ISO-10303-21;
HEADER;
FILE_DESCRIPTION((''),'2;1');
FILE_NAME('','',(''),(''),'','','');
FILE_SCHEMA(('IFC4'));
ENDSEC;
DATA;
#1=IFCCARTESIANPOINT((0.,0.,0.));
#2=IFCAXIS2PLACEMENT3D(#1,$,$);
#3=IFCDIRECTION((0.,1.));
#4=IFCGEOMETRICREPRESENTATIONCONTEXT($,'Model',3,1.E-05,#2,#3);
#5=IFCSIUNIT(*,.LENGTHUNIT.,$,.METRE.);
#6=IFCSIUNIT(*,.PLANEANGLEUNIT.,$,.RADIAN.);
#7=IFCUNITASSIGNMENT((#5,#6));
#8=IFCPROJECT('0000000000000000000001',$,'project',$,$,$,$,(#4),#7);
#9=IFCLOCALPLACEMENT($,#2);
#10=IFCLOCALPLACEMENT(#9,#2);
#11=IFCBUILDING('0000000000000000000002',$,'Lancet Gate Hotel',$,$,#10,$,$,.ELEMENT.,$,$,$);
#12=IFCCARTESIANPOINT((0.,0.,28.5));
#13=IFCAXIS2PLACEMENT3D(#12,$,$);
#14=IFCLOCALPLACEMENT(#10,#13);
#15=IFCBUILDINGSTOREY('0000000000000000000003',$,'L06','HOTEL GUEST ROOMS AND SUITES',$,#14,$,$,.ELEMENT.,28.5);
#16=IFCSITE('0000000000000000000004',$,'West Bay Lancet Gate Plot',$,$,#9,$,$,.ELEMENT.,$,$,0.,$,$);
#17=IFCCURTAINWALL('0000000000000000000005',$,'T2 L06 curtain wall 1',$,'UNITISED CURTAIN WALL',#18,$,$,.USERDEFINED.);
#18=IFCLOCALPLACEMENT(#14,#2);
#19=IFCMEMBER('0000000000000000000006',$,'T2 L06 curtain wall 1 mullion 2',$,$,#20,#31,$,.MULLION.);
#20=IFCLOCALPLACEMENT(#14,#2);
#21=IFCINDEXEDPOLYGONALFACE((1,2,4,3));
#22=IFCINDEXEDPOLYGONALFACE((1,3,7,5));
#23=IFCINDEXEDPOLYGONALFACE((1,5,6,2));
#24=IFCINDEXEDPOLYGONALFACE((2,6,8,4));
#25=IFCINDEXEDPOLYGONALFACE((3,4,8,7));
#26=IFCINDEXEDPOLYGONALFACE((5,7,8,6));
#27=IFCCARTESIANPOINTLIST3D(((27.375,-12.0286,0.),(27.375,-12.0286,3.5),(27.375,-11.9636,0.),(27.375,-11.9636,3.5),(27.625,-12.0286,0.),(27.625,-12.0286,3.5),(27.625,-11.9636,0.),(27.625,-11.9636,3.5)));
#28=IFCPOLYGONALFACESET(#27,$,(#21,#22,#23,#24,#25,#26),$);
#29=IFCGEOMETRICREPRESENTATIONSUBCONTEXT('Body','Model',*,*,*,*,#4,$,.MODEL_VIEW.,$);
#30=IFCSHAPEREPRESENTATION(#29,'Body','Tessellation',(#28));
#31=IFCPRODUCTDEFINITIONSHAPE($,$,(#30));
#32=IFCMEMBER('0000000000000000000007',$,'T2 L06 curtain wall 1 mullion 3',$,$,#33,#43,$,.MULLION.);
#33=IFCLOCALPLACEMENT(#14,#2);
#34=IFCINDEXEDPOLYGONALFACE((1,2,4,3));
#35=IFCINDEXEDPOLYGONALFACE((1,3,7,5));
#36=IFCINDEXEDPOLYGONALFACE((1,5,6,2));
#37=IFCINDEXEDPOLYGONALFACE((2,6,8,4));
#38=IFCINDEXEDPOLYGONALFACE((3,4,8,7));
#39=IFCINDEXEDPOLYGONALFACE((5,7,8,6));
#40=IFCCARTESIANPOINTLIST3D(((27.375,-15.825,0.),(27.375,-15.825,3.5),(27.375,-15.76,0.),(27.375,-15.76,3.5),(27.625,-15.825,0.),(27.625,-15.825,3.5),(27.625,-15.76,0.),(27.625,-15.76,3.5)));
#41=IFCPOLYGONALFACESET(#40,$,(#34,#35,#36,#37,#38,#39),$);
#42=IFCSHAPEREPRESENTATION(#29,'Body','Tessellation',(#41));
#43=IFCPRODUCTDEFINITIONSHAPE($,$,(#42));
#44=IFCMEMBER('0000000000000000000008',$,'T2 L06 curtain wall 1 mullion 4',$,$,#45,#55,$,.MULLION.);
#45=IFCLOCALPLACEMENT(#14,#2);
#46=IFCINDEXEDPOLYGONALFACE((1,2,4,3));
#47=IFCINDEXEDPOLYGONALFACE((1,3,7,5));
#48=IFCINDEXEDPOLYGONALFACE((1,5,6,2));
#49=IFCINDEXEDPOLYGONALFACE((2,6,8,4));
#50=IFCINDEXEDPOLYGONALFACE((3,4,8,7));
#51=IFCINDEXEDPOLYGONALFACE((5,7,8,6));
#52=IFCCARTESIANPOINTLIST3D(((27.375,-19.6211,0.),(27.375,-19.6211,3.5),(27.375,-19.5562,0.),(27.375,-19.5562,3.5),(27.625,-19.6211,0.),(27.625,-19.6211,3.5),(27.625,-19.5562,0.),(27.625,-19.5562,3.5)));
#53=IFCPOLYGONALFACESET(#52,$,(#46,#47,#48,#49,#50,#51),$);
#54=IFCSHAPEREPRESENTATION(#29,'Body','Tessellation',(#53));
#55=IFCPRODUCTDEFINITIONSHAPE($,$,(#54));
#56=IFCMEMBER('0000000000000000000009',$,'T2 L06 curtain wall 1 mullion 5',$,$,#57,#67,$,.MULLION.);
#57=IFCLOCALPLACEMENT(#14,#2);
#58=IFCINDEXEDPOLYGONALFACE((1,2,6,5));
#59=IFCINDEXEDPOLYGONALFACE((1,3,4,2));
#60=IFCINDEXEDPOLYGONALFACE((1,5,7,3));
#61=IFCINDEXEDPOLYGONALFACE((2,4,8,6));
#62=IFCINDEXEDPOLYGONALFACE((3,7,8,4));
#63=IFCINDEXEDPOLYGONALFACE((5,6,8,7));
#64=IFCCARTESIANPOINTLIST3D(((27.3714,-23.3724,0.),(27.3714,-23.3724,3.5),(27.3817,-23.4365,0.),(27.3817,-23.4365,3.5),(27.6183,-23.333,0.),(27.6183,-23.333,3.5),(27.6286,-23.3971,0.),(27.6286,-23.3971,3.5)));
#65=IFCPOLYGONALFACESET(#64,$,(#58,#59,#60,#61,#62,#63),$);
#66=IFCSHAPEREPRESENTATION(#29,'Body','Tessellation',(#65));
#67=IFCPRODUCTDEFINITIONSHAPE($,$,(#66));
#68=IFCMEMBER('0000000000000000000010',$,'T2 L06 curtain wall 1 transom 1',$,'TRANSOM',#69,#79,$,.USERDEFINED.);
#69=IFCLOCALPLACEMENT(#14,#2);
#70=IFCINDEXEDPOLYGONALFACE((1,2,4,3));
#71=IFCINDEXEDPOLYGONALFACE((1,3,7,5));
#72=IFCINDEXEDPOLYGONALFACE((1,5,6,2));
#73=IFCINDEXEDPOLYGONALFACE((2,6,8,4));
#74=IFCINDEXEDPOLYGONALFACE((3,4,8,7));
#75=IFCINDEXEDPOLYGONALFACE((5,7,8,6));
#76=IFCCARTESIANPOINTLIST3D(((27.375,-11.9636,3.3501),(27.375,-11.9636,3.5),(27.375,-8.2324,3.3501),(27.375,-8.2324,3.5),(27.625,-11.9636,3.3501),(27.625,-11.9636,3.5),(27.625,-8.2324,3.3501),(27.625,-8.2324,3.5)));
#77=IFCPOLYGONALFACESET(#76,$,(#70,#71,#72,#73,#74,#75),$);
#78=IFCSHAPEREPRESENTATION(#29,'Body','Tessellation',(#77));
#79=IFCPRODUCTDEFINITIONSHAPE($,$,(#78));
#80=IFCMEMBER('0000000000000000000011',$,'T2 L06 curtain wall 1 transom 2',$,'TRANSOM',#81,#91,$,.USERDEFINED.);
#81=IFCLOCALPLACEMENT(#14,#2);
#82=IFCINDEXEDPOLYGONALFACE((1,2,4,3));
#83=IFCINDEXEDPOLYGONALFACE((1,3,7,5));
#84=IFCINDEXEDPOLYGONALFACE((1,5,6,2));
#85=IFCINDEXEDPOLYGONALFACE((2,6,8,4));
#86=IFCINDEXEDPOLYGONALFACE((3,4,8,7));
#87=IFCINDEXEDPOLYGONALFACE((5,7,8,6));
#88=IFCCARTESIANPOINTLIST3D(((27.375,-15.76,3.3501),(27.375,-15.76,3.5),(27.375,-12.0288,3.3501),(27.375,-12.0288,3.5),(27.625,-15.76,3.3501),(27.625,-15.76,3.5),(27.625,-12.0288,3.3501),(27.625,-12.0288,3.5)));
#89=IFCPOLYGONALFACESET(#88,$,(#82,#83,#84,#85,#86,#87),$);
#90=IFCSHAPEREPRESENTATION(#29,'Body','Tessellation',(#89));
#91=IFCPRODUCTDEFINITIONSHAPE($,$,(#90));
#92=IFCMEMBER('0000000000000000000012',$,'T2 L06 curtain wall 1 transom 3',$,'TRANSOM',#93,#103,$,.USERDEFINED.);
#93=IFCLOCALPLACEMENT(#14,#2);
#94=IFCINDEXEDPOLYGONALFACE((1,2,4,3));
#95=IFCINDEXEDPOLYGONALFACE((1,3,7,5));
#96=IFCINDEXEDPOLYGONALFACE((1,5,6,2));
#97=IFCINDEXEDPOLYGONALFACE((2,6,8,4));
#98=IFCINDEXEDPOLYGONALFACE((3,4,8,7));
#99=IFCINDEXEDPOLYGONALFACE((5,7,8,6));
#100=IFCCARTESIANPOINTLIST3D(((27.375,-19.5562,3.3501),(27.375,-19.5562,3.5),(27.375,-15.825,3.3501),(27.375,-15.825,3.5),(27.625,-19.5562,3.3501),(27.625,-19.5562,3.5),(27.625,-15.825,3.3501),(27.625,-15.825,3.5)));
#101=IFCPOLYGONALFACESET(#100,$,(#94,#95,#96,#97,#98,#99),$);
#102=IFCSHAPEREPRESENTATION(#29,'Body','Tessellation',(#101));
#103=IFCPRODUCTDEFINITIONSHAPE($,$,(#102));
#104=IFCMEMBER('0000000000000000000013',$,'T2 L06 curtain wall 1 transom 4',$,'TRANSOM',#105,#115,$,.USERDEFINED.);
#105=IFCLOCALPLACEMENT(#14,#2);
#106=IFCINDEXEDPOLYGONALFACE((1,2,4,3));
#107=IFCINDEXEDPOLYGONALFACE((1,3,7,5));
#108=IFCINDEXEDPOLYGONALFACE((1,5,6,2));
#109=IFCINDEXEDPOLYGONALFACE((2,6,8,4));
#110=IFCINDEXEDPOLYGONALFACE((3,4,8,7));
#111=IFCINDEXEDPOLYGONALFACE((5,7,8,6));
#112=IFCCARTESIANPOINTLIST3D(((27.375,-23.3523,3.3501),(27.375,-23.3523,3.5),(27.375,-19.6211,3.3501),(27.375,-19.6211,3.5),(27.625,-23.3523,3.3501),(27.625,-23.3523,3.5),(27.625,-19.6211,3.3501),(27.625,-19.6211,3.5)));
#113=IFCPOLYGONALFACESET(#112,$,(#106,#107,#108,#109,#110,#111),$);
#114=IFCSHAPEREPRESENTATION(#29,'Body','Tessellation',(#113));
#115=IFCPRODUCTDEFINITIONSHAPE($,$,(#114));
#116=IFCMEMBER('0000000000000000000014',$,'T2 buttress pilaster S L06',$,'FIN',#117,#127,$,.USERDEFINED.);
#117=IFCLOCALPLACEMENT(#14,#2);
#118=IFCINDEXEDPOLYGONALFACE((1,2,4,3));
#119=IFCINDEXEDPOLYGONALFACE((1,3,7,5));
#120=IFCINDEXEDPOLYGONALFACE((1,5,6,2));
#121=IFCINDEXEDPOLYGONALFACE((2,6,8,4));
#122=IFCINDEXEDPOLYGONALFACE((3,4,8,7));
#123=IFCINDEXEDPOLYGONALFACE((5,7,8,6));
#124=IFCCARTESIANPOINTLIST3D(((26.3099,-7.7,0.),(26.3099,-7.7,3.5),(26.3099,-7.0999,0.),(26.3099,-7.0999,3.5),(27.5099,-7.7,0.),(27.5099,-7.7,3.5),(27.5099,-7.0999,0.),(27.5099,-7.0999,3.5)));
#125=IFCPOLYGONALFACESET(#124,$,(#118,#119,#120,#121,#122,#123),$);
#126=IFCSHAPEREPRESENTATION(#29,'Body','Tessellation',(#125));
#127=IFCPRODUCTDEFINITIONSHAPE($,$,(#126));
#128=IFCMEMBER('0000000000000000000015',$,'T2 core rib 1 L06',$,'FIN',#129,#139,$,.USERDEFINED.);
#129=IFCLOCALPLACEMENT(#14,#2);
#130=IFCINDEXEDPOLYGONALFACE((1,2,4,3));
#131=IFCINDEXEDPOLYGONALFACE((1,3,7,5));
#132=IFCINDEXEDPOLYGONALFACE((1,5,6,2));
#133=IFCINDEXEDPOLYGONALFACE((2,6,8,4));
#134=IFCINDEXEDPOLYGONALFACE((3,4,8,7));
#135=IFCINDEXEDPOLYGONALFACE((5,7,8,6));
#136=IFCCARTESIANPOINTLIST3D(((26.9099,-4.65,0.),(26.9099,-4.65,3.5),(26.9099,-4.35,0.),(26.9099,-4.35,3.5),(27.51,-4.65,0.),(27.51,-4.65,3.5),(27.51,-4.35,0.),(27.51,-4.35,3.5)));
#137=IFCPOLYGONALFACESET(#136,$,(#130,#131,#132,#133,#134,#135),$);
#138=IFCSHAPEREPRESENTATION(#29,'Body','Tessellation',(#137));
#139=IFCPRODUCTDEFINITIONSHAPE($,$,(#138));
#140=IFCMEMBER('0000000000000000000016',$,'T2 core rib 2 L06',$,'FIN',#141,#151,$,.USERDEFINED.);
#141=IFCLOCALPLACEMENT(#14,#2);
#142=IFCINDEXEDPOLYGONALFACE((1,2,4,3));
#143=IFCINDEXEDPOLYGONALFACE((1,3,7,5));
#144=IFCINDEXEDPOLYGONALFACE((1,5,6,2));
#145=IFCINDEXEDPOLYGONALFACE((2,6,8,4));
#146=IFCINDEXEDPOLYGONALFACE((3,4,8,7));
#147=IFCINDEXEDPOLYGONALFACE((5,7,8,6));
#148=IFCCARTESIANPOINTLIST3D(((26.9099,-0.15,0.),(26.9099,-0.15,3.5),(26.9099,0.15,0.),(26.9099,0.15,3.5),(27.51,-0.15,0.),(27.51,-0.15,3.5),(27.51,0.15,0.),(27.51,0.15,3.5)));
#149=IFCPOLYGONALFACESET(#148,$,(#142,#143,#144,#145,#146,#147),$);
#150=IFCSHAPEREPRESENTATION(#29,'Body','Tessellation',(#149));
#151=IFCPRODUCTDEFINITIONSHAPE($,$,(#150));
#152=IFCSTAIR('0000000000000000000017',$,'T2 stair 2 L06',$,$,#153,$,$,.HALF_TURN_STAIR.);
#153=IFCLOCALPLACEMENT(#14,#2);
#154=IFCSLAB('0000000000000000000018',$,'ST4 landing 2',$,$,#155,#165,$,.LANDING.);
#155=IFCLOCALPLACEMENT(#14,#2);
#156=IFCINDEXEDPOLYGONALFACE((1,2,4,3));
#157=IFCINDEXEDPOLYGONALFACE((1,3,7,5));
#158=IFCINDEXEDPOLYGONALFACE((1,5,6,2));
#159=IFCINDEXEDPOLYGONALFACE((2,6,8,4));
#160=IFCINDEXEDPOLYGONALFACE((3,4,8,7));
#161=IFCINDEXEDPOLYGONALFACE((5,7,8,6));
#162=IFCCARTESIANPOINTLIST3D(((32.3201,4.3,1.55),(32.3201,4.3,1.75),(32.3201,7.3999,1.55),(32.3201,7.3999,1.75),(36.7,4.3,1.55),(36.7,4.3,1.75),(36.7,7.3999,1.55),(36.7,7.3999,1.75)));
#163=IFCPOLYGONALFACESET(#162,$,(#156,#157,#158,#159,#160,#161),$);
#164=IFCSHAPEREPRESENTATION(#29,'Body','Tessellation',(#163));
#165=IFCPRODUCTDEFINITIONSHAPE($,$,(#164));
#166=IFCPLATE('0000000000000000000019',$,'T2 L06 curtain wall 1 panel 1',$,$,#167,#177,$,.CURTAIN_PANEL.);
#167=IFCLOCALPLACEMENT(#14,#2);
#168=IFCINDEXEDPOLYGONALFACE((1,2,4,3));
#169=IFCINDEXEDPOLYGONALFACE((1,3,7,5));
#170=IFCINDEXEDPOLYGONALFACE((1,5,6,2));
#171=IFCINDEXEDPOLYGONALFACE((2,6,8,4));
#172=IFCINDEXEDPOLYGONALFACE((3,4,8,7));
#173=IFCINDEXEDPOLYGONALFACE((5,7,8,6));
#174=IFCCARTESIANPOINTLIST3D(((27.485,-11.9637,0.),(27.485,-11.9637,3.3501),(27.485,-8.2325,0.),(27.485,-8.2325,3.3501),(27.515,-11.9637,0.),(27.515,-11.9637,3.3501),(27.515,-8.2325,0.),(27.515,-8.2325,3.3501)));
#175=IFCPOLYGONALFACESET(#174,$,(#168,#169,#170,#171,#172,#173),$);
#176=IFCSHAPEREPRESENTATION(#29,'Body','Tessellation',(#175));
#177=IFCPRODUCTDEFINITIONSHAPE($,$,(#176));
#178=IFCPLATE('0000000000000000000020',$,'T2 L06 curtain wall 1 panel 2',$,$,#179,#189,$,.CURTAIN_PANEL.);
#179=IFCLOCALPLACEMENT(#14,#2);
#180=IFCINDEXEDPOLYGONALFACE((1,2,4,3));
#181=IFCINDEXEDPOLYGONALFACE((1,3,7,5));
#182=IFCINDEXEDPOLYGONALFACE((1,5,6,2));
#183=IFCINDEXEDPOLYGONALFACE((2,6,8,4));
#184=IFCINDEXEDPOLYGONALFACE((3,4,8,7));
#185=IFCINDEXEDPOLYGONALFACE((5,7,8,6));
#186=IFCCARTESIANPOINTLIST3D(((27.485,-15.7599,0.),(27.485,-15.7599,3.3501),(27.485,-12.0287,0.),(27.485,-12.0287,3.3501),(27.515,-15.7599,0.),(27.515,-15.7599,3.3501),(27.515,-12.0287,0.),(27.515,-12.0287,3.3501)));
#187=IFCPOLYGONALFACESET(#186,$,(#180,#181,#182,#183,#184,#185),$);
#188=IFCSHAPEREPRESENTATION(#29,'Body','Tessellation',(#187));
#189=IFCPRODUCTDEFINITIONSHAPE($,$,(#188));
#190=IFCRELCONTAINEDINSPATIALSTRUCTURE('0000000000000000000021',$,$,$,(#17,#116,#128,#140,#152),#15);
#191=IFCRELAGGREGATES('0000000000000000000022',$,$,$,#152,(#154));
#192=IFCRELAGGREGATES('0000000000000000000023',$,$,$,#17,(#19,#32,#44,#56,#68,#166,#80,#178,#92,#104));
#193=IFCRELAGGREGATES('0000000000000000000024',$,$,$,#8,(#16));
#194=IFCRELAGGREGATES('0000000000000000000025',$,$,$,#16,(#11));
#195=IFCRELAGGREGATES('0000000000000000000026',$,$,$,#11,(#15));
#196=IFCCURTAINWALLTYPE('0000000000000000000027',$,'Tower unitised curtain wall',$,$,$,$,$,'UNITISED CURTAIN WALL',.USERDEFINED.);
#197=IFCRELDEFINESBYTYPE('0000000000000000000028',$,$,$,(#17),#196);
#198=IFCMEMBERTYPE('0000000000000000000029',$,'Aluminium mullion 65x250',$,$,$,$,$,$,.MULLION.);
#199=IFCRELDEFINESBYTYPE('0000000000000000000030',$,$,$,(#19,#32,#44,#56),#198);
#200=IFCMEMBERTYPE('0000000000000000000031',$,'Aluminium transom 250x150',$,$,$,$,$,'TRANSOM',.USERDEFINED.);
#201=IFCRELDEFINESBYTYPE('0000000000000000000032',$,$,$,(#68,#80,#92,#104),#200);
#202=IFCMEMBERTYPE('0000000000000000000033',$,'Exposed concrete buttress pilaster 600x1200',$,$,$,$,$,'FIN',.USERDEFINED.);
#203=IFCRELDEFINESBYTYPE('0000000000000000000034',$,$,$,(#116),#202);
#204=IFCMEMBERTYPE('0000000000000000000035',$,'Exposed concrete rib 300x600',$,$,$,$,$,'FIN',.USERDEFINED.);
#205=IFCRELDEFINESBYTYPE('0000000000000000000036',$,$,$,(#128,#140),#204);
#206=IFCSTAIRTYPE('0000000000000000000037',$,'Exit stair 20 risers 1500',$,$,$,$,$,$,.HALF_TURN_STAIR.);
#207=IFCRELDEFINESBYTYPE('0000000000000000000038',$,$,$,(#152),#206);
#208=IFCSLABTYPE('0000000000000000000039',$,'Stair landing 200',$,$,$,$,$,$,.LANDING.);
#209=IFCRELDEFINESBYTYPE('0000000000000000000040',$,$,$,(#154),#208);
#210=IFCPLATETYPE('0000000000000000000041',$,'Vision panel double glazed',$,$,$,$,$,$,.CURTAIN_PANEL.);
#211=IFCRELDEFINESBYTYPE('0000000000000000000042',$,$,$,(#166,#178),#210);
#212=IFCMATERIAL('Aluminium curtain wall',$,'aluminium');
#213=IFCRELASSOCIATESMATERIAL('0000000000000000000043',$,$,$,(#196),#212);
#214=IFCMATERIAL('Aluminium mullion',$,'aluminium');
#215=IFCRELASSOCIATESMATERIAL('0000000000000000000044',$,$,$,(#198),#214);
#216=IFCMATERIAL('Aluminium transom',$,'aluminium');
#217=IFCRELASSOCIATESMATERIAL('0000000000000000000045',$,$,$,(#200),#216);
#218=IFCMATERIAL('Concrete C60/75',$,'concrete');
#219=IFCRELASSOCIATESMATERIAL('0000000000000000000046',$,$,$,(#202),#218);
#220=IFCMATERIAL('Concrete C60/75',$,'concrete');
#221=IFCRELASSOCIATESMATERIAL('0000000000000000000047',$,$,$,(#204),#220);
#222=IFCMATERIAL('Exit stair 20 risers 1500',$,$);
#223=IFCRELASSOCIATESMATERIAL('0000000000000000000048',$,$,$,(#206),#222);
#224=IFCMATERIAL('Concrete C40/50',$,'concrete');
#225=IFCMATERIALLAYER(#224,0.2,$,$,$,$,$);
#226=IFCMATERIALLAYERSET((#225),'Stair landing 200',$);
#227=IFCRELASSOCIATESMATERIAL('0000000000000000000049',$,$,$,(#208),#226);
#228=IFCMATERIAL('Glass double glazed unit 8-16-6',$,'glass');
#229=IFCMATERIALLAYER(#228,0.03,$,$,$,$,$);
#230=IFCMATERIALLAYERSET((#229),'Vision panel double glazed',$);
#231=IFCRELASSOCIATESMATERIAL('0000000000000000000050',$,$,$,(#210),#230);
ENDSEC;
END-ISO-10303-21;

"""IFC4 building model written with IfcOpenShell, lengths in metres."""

from ifc_helpers import new_model, si_unit, direction, frame, origin, origin_2d, place, context, subcontext, project, spatial, polyline, rectangle, outline, extrude, material, layer, layer_set, material_profile, profile_set, type_object, element, aggregate, save


model = new_model("IFC4")

# Units and contexts
model_context = context("Model", 3, precision=1e-05, world=origin(), true_north=direction((0.0, 1.0)))
body_context = subcontext(model_context, "Body", "Model", "MODEL_VIEW")
ifc_project = project(units=[si_unit("LENGTHUNIT", "METRE"), si_unit("PLANEANGLEUNIT", "RADIAN")], contexts=[model_context])

# Site, building, storey
site_placement = place(None, origin())
site = spatial("IfcSite", under=ifc_project, at=site_placement, Name="West Bay Lancet Gate Plot", CompositionType="ELEMENT", RefElevation=0.0)
building_placement = place(site_placement, origin())
building = spatial("IfcBuilding", under=site, at=building_placement, Name="Lancet Gate Hotel", CompositionType="ELEMENT")
storey_placement = place(building_placement, frame((0.0, 0.0, 28.5)))
storey = spatial("IfcBuildingStorey", under=building, at=storey_placement, Name="L06", Description="HOTEL GUEST ROOMS AND SUITES", CompositionType="ELEMENT", Elevation=28.5)

# Curtain wall, members
ifc_material_1 = material(Name="Aluminium curtain wall", Category="aluminium")
curtain_wall_type = type_object("IfcCurtainWallType", Name="Tower unitised curtain wall", ElementType="UNITISED CURTAIN WALL", PredefinedType="USERDEFINED", material=ifc_material_1)
curtain_wall_placement = place(storey_placement, origin())
curtain_wall = element("IfcCurtainWall", 1, at=curtain_wall_placement, inside=storey, type_object=curtain_wall_type, Name="T2 L06 curtain wall 1", ObjectType="UNITISED CURTAIN WALL", PredefinedType="USERDEFINED")
ifc_material_2 = material(Name="Aluminium mullion", Category="aluminium")
ifc_material_profile_1 = material_profile(ifc_material_2, rectangle(XDim=0.0649, YDim=0.25, at=origin_2d()), Name="MULLION 65x250")
ifc_profile_set_1 = profile_set([ifc_material_profile_1], Name="Aluminium mullion")
member_type_1 = type_object("IfcMemberType", Name="Aluminium mullion 65x250", PredefinedType="MULLION", material=ifc_profile_set_1)
member_1_placement = place(storey_placement, frame((27.5, -11.9961, 0.0), z_axis=(0.0, 0.0, 1.0), x_axis=(0.0, -1.0, 0.0)))
member_1 = element("IfcMember", 2, at=member_1_placement, type_object=member_type_1, Name="T2 L06 curtain wall 1 mullion 2", PredefinedType="MULLION", context=body_context, shape_type="SweptSolid", body=[
    extrude(rectangle(XDim=0.0649, YDim=0.25, at=origin_2d()), origin(), (0.0, 0.0, 1.0), 3.5),
])
member_2_placement = place(storey_placement, frame((27.5, -15.7925, 0.0), z_axis=(0.0, 0.0, 1.0), x_axis=(0.0, -1.0, 0.0)))
member_2 = element("IfcMember", 3, at=member_2_placement, type_object=member_type_1, Name="T2 L06 curtain wall 1 mullion 3", PredefinedType="MULLION", context=body_context, shape_type="SweptSolid", body=[
    extrude(rectangle(XDim=0.0649, YDim=0.25, at=origin_2d()), origin(), (0.0, 0.0, 1.0), 3.5),
])
member_3_placement = place(storey_placement, frame((27.5, -19.5886, 0.0), z_axis=(0.0, 0.0, 1.0), x_axis=(0.0, -1.0, 0.0)))
member_3 = element("IfcMember", 4, at=member_3_placement, type_object=member_type_1, Name="T2 L06 curtain wall 1 mullion 4", PredefinedType="MULLION", context=body_context, shape_type="SweptSolid", body=[
    extrude(rectangle(XDim=0.0649, YDim=0.25, at=origin_2d()), origin(), (0.0, 0.0, 1.0), 3.5),
])
member_4_placement = place(storey_placement, frame((27.5, -23.3848, 0.0), z_axis=(0.0, 0.0, 1.0), x_axis=(0.157752, -0.987479, 0.0)))
member_4 = element("IfcMember", 5, at=member_4_placement, type_object=member_type_1, Name="T2 L06 curtain wall 1 mullion 5", PredefinedType="MULLION", context=body_context, shape_type="SweptSolid", body=[
    extrude(rectangle(XDim=0.0649, YDim=0.25, at=origin_2d()), origin(), (0.0, 0.0, 1.0), 3.5),
])
ifc_material_3 = material(Name="Aluminium transom", Category="aluminium")
ifc_material_profile_2 = material_profile(ifc_material_3, rectangle(XDim=0.25, YDim=0.1499, at=origin_2d()), Name="TRANSOM 250x150")
ifc_profile_set_2 = profile_set([ifc_material_profile_2], Name="Aluminium transom")
member_type_2 = type_object("IfcMemberType", Name="Aluminium transom 250x150", ElementType="TRANSOM", PredefinedType="USERDEFINED", material=ifc_profile_set_2)
member_5_placement = place(storey_placement, frame((27.5, -8.2324, 3.425), z_axis=(0.0, -1.0, 0.0), x_axis=(1.0, 0.0, 0.0)))
member_5 = element("IfcMember", 6, at=member_5_placement, type_object=member_type_2, Name="T2 L06 curtain wall 1 transom 1", ObjectType="TRANSOM", PredefinedType="USERDEFINED", context=body_context, shape_type="SweptSolid", body=[
    extrude(rectangle(XDim=0.25, YDim=0.1499, at=origin_2d()), origin(), (0.0, 0.0, 1.0), 3.7312),
])
member_6_placement = place(storey_placement, frame((27.5, -12.0288, 3.425), z_axis=(0.0, -1.0, 0.0), x_axis=(1.0, 0.0, 0.0)))
member_6 = element("IfcMember", 7, at=member_6_placement, type_object=member_type_2, Name="T2 L06 curtain wall 1 transom 2", ObjectType="TRANSOM", PredefinedType="USERDEFINED", context=body_context, shape_type="SweptSolid", body=[
    extrude(rectangle(XDim=0.25, YDim=0.1499, at=origin_2d()), origin(), (0.0, 0.0, 1.0), 3.7312),
])
member_7_placement = place(storey_placement, frame((27.5, -15.825, 3.425), z_axis=(0.0, -1.0, 0.0), x_axis=(1.0, 0.0, 0.0)))
member_7 = element("IfcMember", 8, at=member_7_placement, type_object=member_type_2, Name="T2 L06 curtain wall 1 transom 3", ObjectType="TRANSOM", PredefinedType="USERDEFINED", context=body_context, shape_type="SweptSolid", body=[
    extrude(rectangle(XDim=0.25, YDim=0.1499, at=origin_2d()), origin(), (0.0, 0.0, 1.0), 3.7312),
])
member_8_placement = place(storey_placement, frame((27.5, -19.6211, 3.425), z_axis=(0.0, -1.0, 0.0), x_axis=(1.0, 0.0, 0.0)))
member_8 = element("IfcMember", 9, at=member_8_placement, type_object=member_type_2, Name="T2 L06 curtain wall 1 transom 4", ObjectType="TRANSOM", PredefinedType="USERDEFINED", context=body_context, shape_type="SweptSolid", body=[
    extrude(rectangle(XDim=0.25, YDim=0.1499, at=origin_2d()), origin(), (0.0, 0.0, 1.0), 3.7312),
])

# Members
ifc_material_4 = material(Name="Concrete C60/75", Category="concrete")
ifc_material_profile_3 = material_profile(ifc_material_4, rectangle(XDim=0.6001, YDim=1.2, at=origin_2d()), Name="FIN 600x1200")
ifc_profile_set_3 = profile_set([ifc_material_profile_3], Name="Concrete C60/75")
member_type_3 = type_object("IfcMemberType", Name="Exposed concrete buttress pilaster 600x1200", ElementType="FIN", PredefinedType="USERDEFINED", material=ifc_profile_set_3)
member_9_placement = place(storey_placement, frame((26.9099, -7.3999, 0.0), z_axis=(0.0, 0.0, 1.0), x_axis=(0.0, 1.0, 0.0)))
element("IfcMember", 10, at=member_9_placement, inside=storey, type_object=member_type_3, Name="T2 buttress pilaster S L06", ObjectType="FIN", PredefinedType="USERDEFINED", context=body_context, shape_type="SweptSolid", body=[
    extrude(rectangle(XDim=0.6001, YDim=1.2, at=origin_2d()), origin(), (0.0, 0.0, 1.0), 3.5),
])
ifc_material_5 = material(Name="Concrete C60/75", Category="concrete")
ifc_material_profile_4 = material_profile(ifc_material_5, rectangle(XDim=0.3, YDim=0.6001, at=origin_2d()), Name="FIN 300x600")
ifc_profile_set_4 = profile_set([ifc_material_profile_4], Name="Concrete C60/75")
member_type_4 = type_object("IfcMemberType", Name="Exposed concrete rib 300x600", ElementType="FIN", PredefinedType="USERDEFINED", material=ifc_profile_set_4)
for number, where, z_axis, x_axis, name in (
    (11, (27.21, -4.5, 0.0), (0.0, 0.0, 1.0), (0.0, 1.0, 0.0), "T2 core rib 1 L06"),
    (12, (27.21, 0.0, 0.0), (0.0, 0.0, 1.0), (0.0, 1.0, 0.0), "T2 core rib 2 L06"),
):
    element("IfcMember", number, at=place(storey_placement, frame(where, z_axis=z_axis, x_axis=x_axis)), inside=storey, type_object=member_type_4, Name=name, ObjectType="FIN", PredefinedType="USERDEFINED", context=body_context, shape_type="SweptSolid", body=[
        extrude(rectangle(XDim=0.3, YDim=0.6001, at=origin_2d()), origin(), (0.0, 0.0, 1.0), 3.5),
    ])

# Stair, slab
ifc_material_6 = material(Name="Exit stair 20 risers 1500")
stair_type = type_object("IfcStairType", Name="Exit stair 20 risers 1500", PredefinedType="HALF_TURN_STAIR", material=ifc_material_6)
stair_placement = place(storey_placement, origin())
stair = element("IfcStair", 13, at=stair_placement, inside=storey, type_object=stair_type, Name="T2 stair 2 L06", PredefinedType="HALF_TURN_STAIR")
ifc_material_7 = material(Name="Concrete C40/50", Category="concrete")
ifc_layer_1 = layer(ifc_material_7, 0.2)
ifc_layer_set_1 = layer_set([ifc_layer_1], Name="Stair landing 200")
slab_type = type_object("IfcSlabType", Name="Stair landing 200", PredefinedType="LANDING", material=ifc_layer_set_1)
slab_placement = place(storey_placement, frame((0.0, 0.0, 1.55)))
slab = element("IfcSlab", 14, at=slab_placement, type_object=slab_type, Name="ST4 landing 2", PredefinedType="LANDING", context=body_context, shape_type="SweptSolid", body=[
    extrude(outline(polyline([(32.3201, 4.3), (36.7, 4.3), (36.7, 7.3999), (32.3201, 7.3999), (32.3201, 4.3)])), origin(), (0.0, 0.0, 1.0), 0.2),
])
aggregate(stair, [slab])

# Plates
ifc_material_8 = material(Name="Glass double glazed unit 8-16-6", Category="glass")
ifc_layer_2 = layer(ifc_material_8, 0.03)
ifc_layer_set_2 = layer_set([ifc_layer_2], Name="Vision panel double glazed")
plate_type = type_object("IfcPlateType", Name="Vision panel double glazed", PredefinedType="CURTAIN_PANEL", material=ifc_layer_set_2)
plate_1_placement = place(storey_placement, frame((27.5, -10.0981, 0.0), z_axis=(0.0, 0.0, 1.0), x_axis=(0.0, -1.0, 0.0)))
plate_1 = element("IfcPlate", 15, at=plate_1_placement, type_object=plate_type, Name="T2 L06 curtain wall 1 panel 1", PredefinedType="CURTAIN_PANEL", context=body_context, shape_type="SweptSolid", body=[
    extrude(rectangle(XDim=3.7312, YDim=0.03, at=origin_2d()), origin(), (0.0, 0.0, 1.0), 3.3501),
])
plate_2_placement = place(storey_placement, frame((27.5, -13.8943, 0.0), z_axis=(0.0, 0.0, 1.0), x_axis=(0.0, -1.0, 0.0)))
plate_2 = element("IfcPlate", 16, at=plate_2_placement, type_object=plate_type, Name="T2 L06 curtain wall 1 panel 2", PredefinedType="CURTAIN_PANEL", context=body_context, shape_type="SweptSolid", body=[
    extrude(rectangle(XDim=3.7312, YDim=0.03, at=origin_2d()), origin(), (0.0, 0.0, 1.0), 3.3501),
])
aggregate(curtain_wall, [member_1, member_2, member_3, member_4, member_5, plate_1, member_6, plate_2, member_7, member_8])

save(model, "model.ifc")
